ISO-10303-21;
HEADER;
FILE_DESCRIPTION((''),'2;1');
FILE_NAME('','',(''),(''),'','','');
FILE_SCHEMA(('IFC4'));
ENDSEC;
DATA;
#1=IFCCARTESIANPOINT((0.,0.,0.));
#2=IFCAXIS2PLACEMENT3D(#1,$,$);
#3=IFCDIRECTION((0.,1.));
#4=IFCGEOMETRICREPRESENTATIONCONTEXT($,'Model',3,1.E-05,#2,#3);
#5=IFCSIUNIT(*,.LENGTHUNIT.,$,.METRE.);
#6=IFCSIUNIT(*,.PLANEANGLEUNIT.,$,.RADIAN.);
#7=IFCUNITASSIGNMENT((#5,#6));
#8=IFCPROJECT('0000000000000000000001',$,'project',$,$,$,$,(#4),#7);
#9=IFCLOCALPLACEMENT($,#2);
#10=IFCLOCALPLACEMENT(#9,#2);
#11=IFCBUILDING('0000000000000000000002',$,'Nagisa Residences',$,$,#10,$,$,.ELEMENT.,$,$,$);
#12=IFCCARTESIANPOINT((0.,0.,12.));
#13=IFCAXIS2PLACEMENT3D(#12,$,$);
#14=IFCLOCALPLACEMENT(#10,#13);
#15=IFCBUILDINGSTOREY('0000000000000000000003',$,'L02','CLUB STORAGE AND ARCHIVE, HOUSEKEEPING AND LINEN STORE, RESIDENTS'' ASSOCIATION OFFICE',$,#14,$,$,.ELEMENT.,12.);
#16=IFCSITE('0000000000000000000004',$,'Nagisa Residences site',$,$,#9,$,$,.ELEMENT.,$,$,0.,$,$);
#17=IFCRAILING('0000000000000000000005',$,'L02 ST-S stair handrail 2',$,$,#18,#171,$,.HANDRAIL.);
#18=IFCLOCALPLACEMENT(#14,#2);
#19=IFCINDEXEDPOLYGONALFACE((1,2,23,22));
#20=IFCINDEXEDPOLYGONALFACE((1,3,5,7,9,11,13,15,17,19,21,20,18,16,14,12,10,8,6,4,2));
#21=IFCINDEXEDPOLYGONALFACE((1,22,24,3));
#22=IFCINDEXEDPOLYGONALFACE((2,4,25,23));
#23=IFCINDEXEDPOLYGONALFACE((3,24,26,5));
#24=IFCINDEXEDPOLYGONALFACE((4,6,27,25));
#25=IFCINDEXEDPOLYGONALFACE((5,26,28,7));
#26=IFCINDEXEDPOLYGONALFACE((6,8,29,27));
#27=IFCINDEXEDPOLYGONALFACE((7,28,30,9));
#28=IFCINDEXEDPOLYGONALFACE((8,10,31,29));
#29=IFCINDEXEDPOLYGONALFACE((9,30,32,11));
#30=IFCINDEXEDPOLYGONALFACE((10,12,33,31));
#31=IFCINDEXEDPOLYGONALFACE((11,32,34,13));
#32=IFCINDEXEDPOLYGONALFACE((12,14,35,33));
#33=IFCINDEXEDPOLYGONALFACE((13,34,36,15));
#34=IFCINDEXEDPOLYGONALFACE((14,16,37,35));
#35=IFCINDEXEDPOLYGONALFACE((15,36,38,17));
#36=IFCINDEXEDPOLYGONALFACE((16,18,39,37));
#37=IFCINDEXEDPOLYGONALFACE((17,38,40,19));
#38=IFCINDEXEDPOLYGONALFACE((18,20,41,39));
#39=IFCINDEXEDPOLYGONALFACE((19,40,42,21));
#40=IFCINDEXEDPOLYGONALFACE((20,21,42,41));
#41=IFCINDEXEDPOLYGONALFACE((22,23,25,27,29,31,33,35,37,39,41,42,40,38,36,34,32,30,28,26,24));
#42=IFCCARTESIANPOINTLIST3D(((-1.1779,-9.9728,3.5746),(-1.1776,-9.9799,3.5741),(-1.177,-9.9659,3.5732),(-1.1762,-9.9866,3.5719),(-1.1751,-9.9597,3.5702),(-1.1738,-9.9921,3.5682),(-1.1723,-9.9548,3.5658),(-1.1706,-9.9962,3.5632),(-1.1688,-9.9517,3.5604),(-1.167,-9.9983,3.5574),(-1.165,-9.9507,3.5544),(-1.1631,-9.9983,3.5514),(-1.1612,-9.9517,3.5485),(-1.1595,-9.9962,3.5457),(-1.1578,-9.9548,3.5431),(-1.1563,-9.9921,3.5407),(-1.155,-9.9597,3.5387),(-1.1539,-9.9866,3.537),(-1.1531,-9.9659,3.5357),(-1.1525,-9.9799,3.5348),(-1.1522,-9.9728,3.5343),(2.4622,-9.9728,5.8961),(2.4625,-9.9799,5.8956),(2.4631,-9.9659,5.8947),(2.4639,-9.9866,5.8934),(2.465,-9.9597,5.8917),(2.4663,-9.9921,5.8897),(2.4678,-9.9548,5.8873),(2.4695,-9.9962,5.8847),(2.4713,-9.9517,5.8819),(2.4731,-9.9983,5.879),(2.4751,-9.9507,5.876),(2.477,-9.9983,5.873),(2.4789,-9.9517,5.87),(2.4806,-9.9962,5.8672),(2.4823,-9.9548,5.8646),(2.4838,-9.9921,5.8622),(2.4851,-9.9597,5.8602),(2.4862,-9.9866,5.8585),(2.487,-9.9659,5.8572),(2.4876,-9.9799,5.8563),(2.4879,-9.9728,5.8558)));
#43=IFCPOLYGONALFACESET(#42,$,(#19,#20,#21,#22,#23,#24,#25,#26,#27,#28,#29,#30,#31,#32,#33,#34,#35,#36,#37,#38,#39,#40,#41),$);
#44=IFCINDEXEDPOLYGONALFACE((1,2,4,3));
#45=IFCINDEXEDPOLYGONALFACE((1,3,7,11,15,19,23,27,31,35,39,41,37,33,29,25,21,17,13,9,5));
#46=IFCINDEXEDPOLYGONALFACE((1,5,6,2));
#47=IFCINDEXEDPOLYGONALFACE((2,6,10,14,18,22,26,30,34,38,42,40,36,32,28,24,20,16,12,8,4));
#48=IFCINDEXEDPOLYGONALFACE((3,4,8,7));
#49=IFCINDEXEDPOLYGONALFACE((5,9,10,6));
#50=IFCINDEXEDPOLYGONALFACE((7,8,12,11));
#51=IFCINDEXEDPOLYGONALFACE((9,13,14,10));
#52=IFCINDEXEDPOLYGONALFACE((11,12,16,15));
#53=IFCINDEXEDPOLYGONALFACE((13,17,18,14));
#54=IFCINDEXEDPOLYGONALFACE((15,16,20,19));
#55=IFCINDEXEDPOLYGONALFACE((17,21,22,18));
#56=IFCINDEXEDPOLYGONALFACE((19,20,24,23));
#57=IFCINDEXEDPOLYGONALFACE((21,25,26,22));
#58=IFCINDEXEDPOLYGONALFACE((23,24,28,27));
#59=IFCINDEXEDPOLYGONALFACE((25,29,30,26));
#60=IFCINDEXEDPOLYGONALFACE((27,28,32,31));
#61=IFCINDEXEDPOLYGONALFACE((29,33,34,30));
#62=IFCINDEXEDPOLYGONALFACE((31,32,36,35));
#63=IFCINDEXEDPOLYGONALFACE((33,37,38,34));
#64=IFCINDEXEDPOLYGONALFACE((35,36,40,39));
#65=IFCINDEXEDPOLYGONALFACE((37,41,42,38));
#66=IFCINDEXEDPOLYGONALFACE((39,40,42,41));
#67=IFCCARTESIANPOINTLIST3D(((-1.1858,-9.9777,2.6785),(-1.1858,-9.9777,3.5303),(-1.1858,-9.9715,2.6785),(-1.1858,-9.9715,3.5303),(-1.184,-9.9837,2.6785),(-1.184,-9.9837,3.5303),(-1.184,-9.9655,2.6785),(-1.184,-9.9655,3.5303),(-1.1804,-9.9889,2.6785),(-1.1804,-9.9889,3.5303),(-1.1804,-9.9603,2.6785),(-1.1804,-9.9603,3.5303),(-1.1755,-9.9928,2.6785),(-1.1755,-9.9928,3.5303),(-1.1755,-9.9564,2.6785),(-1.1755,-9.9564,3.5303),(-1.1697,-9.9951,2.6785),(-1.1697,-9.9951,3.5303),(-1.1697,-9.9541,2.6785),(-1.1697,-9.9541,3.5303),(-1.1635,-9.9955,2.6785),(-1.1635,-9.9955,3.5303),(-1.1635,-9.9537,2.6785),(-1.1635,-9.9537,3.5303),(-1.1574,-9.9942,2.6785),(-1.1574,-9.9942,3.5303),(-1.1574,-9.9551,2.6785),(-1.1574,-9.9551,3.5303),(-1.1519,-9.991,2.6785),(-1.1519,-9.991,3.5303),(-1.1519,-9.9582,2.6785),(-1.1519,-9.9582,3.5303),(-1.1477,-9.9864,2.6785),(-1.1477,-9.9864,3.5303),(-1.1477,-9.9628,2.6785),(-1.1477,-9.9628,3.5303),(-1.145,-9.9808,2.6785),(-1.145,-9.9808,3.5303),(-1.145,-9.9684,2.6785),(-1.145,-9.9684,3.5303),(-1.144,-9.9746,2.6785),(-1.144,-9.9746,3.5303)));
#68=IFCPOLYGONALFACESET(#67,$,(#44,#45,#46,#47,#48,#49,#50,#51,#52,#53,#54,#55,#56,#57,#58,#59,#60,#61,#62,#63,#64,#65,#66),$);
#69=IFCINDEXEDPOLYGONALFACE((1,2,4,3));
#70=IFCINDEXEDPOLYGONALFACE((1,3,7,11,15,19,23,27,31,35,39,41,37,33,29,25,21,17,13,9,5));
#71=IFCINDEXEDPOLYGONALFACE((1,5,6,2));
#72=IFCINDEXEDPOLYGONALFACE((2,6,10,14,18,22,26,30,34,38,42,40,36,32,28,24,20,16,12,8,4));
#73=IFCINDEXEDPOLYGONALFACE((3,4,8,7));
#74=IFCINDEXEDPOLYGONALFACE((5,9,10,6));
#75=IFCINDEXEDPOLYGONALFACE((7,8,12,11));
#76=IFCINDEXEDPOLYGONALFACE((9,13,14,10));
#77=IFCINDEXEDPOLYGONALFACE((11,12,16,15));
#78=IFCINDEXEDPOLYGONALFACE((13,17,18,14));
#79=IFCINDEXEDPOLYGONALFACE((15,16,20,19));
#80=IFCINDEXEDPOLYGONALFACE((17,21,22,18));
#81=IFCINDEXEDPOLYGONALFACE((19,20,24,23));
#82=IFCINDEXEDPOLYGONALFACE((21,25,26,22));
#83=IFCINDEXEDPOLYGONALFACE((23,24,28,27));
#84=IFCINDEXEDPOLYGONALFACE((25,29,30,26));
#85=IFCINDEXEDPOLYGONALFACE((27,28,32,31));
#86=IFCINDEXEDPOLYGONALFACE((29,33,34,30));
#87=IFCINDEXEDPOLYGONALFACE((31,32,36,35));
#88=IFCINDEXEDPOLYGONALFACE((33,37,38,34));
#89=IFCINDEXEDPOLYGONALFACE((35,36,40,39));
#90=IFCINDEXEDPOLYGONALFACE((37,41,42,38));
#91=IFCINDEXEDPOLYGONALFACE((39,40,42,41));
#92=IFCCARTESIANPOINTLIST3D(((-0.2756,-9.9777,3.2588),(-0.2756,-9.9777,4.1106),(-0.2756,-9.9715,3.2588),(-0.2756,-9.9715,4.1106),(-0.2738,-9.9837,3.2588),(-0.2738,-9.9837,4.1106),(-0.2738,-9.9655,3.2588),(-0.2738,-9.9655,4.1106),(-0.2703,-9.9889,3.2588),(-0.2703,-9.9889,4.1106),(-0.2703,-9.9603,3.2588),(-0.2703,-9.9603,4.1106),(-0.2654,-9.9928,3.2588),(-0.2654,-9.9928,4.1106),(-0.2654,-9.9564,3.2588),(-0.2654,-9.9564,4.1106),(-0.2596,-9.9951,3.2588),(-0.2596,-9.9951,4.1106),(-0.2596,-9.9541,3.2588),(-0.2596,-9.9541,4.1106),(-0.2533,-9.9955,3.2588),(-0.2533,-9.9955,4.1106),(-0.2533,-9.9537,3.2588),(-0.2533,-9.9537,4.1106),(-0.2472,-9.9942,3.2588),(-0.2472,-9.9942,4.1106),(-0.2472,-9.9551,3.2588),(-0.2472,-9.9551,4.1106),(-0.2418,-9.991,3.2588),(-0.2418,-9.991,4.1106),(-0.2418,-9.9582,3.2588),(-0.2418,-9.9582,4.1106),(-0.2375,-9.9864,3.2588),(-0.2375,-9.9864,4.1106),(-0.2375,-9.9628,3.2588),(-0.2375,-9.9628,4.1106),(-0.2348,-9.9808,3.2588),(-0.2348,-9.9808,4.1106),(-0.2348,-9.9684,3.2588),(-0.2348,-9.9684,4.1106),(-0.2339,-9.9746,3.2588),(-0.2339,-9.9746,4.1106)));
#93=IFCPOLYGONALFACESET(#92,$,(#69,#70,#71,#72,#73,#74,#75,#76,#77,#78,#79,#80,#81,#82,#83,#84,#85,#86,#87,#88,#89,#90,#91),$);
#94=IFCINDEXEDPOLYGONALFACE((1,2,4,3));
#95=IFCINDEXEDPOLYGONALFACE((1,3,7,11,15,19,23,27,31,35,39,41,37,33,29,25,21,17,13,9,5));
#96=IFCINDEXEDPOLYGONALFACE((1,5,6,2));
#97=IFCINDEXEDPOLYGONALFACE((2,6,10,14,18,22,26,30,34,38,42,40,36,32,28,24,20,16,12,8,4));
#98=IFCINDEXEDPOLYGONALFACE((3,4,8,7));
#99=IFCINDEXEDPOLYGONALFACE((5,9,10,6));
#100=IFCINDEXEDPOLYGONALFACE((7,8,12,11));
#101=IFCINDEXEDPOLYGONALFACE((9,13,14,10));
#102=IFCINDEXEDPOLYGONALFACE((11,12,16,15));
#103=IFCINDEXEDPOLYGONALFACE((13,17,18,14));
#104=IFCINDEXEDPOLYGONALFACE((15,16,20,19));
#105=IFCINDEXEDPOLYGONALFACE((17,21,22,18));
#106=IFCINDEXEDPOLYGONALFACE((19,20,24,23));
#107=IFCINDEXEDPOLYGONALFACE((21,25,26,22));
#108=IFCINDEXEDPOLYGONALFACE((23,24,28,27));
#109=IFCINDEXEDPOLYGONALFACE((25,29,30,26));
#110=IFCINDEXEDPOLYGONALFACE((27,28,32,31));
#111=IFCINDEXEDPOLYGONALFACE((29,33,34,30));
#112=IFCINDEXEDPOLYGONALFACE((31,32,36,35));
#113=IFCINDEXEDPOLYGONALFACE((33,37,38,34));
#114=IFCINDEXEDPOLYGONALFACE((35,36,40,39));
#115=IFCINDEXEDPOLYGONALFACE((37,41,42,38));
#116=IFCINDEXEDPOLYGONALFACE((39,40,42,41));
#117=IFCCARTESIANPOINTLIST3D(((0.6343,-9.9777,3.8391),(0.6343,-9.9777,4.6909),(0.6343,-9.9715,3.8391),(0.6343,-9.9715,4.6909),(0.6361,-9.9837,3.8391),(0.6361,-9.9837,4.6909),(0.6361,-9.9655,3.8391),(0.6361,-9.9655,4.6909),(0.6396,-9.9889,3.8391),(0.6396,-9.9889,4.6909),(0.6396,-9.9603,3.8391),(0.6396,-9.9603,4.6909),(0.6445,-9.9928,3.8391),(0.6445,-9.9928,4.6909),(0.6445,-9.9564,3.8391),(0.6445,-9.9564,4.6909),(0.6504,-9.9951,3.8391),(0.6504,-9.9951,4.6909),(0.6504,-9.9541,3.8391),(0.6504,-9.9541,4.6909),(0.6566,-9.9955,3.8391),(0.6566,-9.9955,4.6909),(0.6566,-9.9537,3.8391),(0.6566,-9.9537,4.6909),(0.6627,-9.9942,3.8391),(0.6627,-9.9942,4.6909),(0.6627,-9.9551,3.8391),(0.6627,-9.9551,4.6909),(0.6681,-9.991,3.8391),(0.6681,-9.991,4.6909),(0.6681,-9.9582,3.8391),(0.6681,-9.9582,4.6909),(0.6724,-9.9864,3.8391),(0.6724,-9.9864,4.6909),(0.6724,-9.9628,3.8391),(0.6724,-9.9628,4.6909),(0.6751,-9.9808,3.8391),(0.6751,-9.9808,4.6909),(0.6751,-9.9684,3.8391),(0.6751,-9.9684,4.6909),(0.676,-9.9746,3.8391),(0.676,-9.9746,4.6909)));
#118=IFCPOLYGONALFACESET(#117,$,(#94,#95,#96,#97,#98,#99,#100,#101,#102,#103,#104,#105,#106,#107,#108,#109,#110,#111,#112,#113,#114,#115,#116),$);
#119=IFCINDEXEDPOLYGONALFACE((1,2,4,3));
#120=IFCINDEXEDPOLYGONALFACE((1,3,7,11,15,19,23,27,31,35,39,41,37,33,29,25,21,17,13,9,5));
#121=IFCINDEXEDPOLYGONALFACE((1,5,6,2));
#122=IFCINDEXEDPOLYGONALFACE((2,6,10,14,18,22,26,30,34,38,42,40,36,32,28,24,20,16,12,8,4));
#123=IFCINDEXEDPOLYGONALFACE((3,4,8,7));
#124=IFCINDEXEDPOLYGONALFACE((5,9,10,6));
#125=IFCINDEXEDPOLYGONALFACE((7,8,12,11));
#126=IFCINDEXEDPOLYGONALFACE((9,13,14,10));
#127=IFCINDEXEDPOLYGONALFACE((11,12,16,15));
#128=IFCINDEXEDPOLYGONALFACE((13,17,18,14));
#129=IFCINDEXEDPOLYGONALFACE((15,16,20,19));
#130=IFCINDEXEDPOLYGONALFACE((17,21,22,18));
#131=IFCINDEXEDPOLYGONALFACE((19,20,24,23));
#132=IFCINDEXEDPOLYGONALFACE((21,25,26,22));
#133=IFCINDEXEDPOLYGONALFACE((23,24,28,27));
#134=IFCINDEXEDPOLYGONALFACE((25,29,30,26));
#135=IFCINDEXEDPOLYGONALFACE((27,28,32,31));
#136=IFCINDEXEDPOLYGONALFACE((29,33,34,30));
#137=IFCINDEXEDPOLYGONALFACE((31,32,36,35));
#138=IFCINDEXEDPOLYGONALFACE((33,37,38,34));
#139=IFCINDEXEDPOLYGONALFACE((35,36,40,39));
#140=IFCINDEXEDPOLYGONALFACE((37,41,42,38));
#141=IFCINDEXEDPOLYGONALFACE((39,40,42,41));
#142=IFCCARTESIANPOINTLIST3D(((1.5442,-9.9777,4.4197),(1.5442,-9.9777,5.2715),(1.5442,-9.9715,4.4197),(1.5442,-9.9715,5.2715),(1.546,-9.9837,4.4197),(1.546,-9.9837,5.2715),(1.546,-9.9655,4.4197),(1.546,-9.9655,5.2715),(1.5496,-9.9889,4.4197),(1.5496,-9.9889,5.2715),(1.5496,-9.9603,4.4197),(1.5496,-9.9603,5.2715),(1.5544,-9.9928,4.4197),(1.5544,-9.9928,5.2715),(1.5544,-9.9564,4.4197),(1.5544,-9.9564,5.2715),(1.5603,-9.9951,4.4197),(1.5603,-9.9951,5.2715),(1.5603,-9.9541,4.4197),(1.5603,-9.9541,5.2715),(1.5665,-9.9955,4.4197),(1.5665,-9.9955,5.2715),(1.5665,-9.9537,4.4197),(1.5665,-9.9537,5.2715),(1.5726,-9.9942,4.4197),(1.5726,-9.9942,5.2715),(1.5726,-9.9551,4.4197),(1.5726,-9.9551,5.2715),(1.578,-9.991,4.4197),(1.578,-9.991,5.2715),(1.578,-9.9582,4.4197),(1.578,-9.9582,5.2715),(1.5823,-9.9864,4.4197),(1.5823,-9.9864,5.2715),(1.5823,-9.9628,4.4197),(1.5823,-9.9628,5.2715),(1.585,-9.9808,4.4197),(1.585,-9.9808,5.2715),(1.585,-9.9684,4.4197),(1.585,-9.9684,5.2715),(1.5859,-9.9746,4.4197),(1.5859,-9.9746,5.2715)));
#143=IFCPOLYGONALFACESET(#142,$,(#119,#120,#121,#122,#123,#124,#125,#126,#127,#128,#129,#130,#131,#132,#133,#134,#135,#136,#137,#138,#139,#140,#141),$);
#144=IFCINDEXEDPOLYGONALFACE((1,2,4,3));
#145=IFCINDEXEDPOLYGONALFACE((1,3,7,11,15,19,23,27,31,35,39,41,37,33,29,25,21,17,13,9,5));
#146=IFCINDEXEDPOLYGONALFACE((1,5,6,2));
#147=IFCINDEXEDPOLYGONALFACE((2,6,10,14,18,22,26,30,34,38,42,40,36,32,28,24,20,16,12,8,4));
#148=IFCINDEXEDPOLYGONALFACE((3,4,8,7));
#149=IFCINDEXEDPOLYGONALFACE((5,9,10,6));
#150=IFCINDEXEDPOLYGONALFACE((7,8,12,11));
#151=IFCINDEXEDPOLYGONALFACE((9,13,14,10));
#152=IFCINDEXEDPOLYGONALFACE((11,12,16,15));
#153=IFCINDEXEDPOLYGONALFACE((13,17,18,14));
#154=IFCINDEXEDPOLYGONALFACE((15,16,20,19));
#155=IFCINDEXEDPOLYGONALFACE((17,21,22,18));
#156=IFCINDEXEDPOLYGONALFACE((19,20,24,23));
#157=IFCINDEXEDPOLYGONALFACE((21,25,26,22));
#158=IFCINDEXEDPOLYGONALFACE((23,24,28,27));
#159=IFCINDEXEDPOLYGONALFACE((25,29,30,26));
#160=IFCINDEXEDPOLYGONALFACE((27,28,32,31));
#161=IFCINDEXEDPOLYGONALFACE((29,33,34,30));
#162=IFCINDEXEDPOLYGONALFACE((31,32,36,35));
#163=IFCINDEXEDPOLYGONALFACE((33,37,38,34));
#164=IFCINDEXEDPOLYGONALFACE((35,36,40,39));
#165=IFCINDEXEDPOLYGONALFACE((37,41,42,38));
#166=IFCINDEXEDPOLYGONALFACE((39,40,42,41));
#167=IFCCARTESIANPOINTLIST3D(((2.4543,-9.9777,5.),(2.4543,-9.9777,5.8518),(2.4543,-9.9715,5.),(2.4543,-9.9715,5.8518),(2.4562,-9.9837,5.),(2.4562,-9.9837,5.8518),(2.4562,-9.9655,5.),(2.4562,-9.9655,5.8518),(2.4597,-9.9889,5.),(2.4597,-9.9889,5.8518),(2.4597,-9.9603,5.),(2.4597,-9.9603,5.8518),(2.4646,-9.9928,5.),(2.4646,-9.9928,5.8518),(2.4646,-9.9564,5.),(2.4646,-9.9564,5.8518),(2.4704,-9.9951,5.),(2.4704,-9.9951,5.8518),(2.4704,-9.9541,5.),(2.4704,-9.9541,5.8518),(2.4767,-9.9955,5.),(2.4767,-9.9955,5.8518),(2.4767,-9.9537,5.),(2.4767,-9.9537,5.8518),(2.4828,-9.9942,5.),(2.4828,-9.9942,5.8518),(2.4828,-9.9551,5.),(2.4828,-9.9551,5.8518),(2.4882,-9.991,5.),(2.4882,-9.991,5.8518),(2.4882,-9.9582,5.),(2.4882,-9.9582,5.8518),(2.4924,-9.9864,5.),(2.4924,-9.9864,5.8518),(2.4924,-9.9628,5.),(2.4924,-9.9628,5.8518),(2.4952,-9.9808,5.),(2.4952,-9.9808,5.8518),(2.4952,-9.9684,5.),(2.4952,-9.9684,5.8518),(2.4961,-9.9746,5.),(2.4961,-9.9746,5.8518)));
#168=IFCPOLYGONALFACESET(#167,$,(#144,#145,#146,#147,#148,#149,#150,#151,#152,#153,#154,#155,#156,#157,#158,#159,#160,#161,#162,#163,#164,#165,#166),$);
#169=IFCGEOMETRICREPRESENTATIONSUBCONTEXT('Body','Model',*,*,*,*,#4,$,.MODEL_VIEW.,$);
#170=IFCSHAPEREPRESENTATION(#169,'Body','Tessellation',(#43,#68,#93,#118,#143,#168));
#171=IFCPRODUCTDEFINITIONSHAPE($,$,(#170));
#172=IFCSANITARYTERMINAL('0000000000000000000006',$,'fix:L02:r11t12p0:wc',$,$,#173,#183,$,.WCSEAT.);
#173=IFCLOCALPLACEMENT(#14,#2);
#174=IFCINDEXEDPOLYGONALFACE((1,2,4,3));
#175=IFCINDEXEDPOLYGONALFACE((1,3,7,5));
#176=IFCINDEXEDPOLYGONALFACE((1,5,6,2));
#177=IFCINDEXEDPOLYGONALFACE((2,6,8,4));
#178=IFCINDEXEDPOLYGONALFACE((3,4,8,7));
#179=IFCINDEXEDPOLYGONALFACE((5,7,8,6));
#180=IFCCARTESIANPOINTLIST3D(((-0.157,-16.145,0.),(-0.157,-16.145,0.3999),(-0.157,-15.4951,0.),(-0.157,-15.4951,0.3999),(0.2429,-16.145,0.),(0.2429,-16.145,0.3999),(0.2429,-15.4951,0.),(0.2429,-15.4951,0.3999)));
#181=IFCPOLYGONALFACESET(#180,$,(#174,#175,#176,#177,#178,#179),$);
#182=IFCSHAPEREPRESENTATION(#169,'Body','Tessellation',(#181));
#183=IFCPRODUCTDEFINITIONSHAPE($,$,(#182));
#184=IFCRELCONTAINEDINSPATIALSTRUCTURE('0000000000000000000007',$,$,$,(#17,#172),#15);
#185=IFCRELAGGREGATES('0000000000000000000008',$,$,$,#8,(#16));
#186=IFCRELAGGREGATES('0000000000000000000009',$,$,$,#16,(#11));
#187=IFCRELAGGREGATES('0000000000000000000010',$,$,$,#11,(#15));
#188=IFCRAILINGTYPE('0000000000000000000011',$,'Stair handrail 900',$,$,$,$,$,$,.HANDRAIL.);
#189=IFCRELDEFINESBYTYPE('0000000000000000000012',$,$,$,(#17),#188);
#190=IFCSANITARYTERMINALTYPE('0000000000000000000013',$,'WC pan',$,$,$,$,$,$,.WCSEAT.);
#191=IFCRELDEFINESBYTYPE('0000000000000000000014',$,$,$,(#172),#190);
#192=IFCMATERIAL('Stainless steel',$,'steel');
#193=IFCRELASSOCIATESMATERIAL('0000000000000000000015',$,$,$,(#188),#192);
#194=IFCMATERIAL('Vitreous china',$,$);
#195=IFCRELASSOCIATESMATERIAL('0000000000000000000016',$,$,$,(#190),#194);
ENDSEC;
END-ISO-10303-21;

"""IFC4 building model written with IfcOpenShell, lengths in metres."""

from ifc_helpers import new_model, si_unit, direction, frame, origin, origin_2d, place, context, subcontext, project, spatial, rectangle, circle, extrude, material, type_object, element, save


model = new_model("IFC4")

# Units and contexts
model_context = context("Model", 3, precision=1e-05, world=origin(), true_north=direction((0.0, 1.0)))
body_context = subcontext(model_context, "Body", "Model", "MODEL_VIEW")
ifc_project = project(units=[si_unit("LENGTHUNIT", "METRE"), si_unit("PLANEANGLEUNIT", "RADIAN")], contexts=[model_context])

# Site, building, storey
site_placement = place(None, origin())
site = spatial("IfcSite", under=ifc_project, at=site_placement, Name="Nagisa Residences site", CompositionType="ELEMENT", RefElevation=0.0)
building_placement = place(site_placement, origin())
building = spatial("IfcBuilding", under=site, at=building_placement, Name="Nagisa Residences", CompositionType="ELEMENT")
storey_placement = place(building_placement, frame((0.0, 0.0, 12.0)))
storey = spatial("IfcBuildingStorey", under=building, at=storey_placement, Name="L02", Description="CLUB STORAGE AND ARCHIVE, HOUSEKEEPING AND LINEN STORE, RESIDENTS' ASSOCIATION OFFICE", CompositionType="ELEMENT", Elevation=12.0)

# Railing
ifc_material_1 = material(Name="Stainless steel", Category="steel")
railing_type = type_object("IfcRailingType", Name="Stair handrail 900", PredefinedType="HANDRAIL", material=ifc_material_1)
railing_placement = place(storey_placement, frame((-1.165, -9.9746, 2.6785)))
element("IfcRailing", 1, at=railing_placement, inside=storey, type_object=railing_type, Name="L02 ST-S stair handrail 2", PredefinedType="HANDRAIL", context=body_context, shape_type="SweptSolid", body=[
    extrude(circle(Radius=0.0239, at=origin_2d()), frame((0.0, 0.0, 0.876), z_axis=(0.843128, 0.0, 0.537713), x_axis=(0.0, 1.0, 0.0)), (0.0, 0.0, 1.0), 4.3174),
    extrude(circle(Radius=0.021, at=origin_2d()), origin(), (0.0, 0.0, 1.0), 0.8518),
    extrude(circle(Radius=0.021, at=origin_2d()), frame((0.9102, 0.0, 0.5803)), (0.0, 0.0, 1.0), 0.8518),
    extrude(circle(Radius=0.021, at=origin_2d()), frame((1.8201, 0.0, 1.1606)), (0.0, 0.0, 1.0), 0.8518),
    extrude(circle(Radius=0.021, at=origin_2d()), frame((2.73, 0.0, 1.7412)), (0.0, 0.0, 1.0), 0.8518),
    extrude(circle(Radius=0.021, at=origin_2d()), frame((3.6401, 0.0, 2.3215)), (0.0, 0.0, 1.0), 0.8518),
])

# Sanitary terminal
ifc_material_2 = material(Name="Vitreous china")
sanitary_terminal_type = type_object("IfcSanitaryTerminalType", Name="WC pan", PredefinedType="WCSEAT", material=ifc_material_2)
sanitary_terminal_placement = place(storey_placement, frame((0.043, -15.8201, 0.0), z_axis=(0.0, 0.0, 1.0), x_axis=(1.0, 0.0, 0.0)))
element("IfcSanitaryTerminal", 2, at=sanitary_terminal_placement, inside=storey, type_object=sanitary_terminal_type, Name="fix:L02:r11t12p0:wc", PredefinedType="WCSEAT", context=body_context, shape_type="SweptSolid", body=[
    extrude(rectangle(XDim=0.3999, YDim=0.6499, at=origin_2d()), origin(), (0.0, 0.0, 1.0), 0.3999),
])

save(model, "model.ifc")
